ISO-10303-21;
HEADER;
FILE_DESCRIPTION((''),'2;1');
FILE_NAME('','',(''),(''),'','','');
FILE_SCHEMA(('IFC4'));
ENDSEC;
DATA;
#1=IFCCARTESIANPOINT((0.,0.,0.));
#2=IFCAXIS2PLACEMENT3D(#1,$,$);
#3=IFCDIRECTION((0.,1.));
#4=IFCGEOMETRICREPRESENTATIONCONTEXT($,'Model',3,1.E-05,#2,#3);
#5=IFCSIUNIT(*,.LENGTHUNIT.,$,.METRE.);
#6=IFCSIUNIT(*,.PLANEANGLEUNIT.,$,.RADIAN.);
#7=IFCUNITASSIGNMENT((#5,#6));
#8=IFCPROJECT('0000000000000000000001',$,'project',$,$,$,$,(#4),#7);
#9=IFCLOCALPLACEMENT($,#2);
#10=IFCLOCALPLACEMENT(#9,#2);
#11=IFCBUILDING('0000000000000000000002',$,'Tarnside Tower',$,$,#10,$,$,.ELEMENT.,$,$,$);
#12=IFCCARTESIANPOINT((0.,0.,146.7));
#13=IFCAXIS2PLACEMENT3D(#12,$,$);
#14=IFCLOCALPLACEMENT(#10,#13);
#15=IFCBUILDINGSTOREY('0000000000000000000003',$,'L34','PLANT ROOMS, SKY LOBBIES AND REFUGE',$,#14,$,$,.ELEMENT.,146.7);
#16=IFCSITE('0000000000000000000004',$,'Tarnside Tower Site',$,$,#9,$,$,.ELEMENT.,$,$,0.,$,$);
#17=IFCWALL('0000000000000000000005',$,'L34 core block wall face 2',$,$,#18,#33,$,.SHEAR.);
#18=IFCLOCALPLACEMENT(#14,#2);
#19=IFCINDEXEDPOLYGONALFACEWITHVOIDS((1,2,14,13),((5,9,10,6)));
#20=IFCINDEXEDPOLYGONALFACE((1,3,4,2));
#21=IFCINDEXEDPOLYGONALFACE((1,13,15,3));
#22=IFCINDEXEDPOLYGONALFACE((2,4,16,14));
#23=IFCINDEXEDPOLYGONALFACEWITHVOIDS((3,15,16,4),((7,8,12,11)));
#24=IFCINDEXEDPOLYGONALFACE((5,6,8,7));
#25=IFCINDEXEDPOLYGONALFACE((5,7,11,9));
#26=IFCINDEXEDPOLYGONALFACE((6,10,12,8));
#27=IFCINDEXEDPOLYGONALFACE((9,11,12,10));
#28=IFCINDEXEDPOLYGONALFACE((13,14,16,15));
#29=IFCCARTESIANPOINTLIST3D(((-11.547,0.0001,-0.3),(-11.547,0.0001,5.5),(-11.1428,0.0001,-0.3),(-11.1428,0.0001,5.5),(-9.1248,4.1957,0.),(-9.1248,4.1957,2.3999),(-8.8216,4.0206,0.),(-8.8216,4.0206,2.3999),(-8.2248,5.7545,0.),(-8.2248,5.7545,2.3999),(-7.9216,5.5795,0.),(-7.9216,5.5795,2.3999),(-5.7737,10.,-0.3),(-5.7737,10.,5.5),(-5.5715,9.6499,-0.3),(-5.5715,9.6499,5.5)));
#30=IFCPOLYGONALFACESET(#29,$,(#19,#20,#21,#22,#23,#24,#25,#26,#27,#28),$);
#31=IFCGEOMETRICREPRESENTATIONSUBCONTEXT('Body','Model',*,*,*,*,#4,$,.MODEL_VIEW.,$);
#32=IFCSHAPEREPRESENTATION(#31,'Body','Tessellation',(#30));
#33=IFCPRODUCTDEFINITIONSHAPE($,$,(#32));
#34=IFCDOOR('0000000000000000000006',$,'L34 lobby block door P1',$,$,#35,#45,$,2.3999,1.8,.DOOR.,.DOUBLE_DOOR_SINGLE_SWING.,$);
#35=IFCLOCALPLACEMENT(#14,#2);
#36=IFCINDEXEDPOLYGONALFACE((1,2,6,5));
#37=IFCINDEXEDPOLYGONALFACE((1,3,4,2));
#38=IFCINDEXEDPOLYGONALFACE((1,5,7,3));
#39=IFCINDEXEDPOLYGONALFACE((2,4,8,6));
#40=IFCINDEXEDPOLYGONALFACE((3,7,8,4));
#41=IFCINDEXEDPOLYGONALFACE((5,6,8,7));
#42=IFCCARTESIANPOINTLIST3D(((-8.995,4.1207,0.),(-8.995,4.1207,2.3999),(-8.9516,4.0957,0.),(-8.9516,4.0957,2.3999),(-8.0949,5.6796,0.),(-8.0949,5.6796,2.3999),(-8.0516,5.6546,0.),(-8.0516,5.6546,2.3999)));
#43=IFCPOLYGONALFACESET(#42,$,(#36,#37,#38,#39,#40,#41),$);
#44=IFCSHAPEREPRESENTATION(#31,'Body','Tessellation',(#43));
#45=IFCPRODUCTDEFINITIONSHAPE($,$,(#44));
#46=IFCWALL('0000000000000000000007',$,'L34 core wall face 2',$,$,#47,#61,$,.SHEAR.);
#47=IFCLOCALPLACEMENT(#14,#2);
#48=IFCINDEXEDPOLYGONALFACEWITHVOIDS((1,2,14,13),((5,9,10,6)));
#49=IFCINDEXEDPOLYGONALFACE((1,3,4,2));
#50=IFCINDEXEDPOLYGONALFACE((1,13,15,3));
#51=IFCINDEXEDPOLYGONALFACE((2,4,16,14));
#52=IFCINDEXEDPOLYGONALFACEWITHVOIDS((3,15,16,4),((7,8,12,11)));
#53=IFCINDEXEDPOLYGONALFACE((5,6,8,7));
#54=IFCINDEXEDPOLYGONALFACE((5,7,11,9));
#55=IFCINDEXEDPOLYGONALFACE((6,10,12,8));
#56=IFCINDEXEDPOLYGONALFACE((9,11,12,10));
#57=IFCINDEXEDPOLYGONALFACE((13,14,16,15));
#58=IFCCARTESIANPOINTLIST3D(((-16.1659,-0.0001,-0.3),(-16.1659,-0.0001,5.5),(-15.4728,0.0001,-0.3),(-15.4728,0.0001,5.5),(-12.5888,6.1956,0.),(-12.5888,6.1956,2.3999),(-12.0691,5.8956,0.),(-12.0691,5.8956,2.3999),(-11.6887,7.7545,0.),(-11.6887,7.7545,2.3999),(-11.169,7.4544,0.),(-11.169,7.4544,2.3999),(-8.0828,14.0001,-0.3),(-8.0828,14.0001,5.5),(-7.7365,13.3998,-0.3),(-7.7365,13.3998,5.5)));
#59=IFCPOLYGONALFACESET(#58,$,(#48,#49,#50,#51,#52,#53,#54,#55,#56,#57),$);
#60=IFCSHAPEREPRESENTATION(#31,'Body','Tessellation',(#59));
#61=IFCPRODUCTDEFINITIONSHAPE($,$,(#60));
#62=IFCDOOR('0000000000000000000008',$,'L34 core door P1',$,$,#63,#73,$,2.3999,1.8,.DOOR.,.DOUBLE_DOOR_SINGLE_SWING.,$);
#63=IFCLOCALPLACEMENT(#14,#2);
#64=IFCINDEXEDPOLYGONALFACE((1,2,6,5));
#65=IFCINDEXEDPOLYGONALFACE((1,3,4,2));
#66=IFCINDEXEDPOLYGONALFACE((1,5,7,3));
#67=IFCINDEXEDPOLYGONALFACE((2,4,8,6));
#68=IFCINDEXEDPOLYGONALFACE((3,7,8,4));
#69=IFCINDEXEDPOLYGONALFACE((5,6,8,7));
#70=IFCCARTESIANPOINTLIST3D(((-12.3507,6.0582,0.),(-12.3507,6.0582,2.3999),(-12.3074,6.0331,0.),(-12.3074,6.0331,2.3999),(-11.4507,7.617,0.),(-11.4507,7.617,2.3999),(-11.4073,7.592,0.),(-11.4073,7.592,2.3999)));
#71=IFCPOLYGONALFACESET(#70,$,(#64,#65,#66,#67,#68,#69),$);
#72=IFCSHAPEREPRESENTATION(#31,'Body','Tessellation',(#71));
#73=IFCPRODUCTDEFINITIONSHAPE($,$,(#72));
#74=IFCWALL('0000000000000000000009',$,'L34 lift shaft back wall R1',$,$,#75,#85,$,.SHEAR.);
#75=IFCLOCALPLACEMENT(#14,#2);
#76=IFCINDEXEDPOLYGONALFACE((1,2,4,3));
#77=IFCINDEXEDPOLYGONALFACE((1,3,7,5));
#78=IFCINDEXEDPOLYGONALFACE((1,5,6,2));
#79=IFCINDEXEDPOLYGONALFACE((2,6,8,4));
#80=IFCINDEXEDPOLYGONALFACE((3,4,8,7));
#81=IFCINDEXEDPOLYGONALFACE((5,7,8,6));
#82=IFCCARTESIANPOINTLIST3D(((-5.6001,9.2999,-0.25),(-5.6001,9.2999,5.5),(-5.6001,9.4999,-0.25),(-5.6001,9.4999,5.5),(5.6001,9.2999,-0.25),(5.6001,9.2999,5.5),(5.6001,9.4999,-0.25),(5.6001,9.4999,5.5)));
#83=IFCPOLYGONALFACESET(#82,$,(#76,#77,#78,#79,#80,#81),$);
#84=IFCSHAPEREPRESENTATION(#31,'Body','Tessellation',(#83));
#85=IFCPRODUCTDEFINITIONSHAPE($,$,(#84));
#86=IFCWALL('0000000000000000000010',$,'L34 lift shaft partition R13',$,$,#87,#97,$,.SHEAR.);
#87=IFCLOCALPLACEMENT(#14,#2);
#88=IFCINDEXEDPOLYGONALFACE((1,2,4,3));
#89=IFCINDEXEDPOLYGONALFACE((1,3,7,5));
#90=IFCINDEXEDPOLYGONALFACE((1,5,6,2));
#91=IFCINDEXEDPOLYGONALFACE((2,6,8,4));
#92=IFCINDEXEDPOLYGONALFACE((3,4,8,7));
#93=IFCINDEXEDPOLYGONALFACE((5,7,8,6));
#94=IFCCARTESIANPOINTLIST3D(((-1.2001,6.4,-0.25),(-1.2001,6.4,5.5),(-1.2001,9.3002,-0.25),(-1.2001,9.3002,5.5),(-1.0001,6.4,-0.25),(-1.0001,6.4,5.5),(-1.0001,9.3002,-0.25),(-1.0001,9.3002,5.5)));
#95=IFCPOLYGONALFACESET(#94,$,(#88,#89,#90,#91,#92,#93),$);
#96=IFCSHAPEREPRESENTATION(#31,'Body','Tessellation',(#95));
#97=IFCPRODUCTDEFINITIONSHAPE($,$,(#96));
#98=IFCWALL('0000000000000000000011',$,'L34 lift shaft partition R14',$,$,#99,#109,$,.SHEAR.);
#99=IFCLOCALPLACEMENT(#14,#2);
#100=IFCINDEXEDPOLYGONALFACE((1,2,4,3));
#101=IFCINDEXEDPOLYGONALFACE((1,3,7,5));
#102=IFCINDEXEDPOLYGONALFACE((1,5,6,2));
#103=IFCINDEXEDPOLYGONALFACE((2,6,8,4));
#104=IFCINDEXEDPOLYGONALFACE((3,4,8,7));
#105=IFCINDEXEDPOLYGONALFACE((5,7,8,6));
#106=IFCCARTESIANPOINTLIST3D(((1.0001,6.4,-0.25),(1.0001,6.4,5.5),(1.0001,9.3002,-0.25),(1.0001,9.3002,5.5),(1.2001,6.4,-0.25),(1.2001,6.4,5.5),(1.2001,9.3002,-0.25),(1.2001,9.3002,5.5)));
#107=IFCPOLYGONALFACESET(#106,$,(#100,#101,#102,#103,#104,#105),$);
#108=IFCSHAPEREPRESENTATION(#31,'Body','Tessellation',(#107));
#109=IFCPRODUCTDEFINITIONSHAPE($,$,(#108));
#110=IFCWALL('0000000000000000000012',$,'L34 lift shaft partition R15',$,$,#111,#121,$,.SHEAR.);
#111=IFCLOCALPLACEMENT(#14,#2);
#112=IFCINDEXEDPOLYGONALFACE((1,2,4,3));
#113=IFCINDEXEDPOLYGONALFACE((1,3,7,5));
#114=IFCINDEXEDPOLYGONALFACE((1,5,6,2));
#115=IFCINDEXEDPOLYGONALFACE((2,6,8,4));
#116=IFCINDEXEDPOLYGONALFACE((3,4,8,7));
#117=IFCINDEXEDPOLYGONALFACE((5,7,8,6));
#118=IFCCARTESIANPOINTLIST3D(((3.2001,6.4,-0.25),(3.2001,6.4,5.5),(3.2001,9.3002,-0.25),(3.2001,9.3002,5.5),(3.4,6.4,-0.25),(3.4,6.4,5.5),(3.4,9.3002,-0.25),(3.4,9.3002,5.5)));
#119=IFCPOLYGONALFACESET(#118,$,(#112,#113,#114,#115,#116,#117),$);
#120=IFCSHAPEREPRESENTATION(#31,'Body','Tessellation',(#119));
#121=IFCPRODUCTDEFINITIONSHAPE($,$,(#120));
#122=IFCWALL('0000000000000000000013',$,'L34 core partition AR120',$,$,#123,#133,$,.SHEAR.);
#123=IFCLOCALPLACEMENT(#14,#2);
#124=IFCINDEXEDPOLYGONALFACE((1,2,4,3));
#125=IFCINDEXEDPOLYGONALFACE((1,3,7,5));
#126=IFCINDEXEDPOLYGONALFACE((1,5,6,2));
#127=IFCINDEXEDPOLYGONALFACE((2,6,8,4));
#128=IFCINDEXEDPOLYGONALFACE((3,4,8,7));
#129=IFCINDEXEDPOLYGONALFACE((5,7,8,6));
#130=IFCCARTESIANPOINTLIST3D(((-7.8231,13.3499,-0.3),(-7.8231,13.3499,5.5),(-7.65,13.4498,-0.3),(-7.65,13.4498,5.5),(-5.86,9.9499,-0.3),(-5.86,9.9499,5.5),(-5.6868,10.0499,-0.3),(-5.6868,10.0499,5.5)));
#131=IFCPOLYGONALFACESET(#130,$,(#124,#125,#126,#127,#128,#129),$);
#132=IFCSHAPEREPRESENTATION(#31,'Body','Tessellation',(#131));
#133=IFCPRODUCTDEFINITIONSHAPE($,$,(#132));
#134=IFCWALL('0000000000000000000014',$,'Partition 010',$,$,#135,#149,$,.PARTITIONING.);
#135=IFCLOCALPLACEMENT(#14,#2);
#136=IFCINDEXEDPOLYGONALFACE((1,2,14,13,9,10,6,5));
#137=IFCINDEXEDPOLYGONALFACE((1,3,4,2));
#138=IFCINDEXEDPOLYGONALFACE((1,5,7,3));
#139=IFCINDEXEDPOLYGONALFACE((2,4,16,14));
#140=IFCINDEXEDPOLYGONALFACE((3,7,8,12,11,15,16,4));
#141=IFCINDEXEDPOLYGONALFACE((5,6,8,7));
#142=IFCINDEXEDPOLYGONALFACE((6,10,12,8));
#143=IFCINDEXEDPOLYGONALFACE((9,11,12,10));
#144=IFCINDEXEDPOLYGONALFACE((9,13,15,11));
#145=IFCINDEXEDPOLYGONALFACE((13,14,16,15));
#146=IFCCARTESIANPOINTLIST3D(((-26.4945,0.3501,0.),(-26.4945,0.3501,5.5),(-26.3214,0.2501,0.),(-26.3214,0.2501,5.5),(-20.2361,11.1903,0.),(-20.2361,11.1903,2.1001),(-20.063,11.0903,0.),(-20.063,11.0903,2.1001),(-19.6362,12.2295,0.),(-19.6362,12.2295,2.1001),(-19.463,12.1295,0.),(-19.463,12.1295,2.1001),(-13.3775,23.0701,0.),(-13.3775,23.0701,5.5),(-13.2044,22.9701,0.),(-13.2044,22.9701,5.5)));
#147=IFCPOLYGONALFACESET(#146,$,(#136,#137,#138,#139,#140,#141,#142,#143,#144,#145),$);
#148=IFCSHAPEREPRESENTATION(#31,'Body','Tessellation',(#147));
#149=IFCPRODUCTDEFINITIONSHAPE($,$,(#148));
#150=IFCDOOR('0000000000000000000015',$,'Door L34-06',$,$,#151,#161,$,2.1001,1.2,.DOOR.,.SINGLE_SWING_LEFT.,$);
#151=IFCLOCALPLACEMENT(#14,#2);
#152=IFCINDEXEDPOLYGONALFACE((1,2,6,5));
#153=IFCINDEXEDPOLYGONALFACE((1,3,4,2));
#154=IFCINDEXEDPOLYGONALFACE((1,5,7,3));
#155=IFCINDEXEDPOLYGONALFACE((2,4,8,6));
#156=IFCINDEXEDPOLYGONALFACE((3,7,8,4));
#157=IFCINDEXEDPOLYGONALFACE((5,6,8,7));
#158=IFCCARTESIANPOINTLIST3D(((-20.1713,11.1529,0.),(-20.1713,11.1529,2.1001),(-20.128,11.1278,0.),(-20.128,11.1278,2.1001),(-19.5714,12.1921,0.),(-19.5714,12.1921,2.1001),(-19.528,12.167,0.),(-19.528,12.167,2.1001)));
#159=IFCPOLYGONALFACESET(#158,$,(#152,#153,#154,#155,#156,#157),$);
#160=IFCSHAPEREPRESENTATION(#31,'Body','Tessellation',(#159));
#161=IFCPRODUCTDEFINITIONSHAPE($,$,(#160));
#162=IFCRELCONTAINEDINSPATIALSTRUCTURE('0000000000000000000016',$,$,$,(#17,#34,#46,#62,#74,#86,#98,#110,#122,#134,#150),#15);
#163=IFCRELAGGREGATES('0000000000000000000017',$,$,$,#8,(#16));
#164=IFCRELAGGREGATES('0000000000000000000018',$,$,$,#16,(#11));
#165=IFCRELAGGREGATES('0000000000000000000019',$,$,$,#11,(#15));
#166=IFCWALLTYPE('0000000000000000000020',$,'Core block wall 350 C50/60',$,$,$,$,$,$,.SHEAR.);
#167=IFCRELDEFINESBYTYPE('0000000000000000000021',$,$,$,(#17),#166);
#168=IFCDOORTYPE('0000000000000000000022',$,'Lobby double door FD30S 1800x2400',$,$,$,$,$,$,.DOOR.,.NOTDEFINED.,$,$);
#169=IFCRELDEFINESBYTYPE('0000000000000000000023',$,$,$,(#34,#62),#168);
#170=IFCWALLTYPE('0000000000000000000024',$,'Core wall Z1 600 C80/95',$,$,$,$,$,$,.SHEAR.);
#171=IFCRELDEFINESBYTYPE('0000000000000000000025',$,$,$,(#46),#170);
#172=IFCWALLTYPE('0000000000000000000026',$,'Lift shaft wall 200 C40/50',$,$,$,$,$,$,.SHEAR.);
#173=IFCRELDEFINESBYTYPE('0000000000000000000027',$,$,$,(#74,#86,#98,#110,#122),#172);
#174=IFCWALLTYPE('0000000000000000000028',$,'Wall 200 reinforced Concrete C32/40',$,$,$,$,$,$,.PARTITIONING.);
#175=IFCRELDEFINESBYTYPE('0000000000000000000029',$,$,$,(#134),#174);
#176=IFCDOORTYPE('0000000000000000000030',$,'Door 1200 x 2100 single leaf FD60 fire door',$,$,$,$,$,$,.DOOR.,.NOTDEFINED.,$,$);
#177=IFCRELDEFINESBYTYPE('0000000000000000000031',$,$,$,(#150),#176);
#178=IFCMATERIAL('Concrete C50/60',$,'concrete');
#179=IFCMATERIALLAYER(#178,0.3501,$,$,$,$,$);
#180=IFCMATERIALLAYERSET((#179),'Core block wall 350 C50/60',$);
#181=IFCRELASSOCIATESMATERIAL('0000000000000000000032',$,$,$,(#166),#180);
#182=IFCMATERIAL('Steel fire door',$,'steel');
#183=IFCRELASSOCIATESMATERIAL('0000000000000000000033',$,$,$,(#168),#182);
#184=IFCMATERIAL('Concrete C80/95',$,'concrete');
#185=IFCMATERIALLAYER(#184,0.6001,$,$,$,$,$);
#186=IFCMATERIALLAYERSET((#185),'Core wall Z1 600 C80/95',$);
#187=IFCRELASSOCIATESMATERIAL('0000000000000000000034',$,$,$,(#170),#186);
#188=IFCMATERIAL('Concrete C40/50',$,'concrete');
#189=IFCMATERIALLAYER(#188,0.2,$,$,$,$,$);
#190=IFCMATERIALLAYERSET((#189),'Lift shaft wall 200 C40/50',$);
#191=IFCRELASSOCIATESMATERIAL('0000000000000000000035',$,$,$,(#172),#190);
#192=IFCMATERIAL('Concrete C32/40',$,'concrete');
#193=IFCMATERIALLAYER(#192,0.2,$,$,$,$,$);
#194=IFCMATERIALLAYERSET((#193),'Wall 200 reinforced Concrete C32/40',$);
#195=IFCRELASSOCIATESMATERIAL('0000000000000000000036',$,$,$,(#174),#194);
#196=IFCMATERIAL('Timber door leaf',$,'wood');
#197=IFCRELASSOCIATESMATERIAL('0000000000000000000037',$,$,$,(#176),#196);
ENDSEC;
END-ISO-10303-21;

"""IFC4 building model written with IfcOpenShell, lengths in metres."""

from ifc_helpers import new_model, si_unit, direction, frame, frame_2d, origin, place, context, subcontext, project, spatial, polyline, rectangle, outline, extrude, material, layer, layer_set, type_object, element, fill, save


model = new_model("IFC4")

# Units and contexts
model_context = context("Model", 3, precision=1e-05, world=origin(), true_north=direction((0.0, 1.0)))
body_context = subcontext(model_context, "Body", "Model", "MODEL_VIEW")
ifc_project = project(units=[si_unit("LENGTHUNIT", "METRE"), si_unit("PLANEANGLEUNIT", "RADIAN")], contexts=[model_context])

# Site, building, storey
site_placement = place(None, origin())
site = spatial("IfcSite", under=ifc_project, at=site_placement, Name="Tarnside Tower Site", CompositionType="ELEMENT", RefElevation=0.0)
building_placement = place(site_placement, origin())
building = spatial("IfcBuilding", under=site, at=building_placement, Name="Tarnside Tower", CompositionType="ELEMENT")
storey_placement = place(building_placement, frame((0.0, 0.0, 146.7)))
storey = spatial("IfcBuildingStorey", under=building, at=storey_placement, Name="L34", Description="PLANT ROOMS, SKY LOBBIES AND REFUGE", CompositionType="ELEMENT", Elevation=146.7)

# Walls, openings, doors
ifc_material_1 = material(Name="Concrete C50/60", Category="concrete")
ifc_layer_1 = layer(ifc_material_1, 0.3501)
ifc_layer_set_1 = layer_set([ifc_layer_1], Name="Core block wall 350 C50/60")
wall_type_1 = type_object("IfcWallType", Name="Core block wall 350 C50/60", PredefinedType="SHEAR", material=ifc_layer_set_1)
wall_1_placement = place(storey_placement, frame((-5.6726, 9.825, -0.3), z_axis=(0.0, 0.0, 1.0), x_axis=(-0.499995, -0.866028, 0.0)))
wall_1 = element("IfcWall", 1, at=wall_1_placement, inside=storey, type_object=wall_type_1, Name="L34 core block wall face 2", PredefinedType="SHEAR", context=body_context, shape_type="SweptSolid", body=[
    extrude(outline(polyline([(-0.1011, -0.175), (11.4458, -0.175), (11.2437, 0.175), (0.1011, 0.175), (-0.1011, -0.175)])), origin(), (0.0, 0.0, 1.0), 5.8),
])
opening_1_placement = place(wall_1_placement, frame((4.8013, 0.0, 0.3)))
opening_1 = element("IfcOpeningElement", 2, at=opening_1_placement, cuts=wall_1, PredefinedType="OPENING", context=body_context, shape_type="SweptSolid", body=[
    extrude(rectangle(XDim=1.8, YDim=2.3999, at=frame_2d((0.8999, 1.2))), frame((0.0, 0.1851, 0.0), z_axis=(0.0, -1.0, 0.0), x_axis=(1.0, 0.0, 0.0)), (0.0, 0.0, 1.0), 0.3701),
])
ifc_material_2 = material(Name="Steel fire door", Category="steel")
door_type_1 = type_object("IfcDoorType", Name="Lobby double door FD30S 1800x2400", OperationType="NOTDEFINED", PredefinedType="DOOR", material=ifc_material_2)
door_1_placement = place(opening_1_placement, origin())
door_1 = element("IfcDoor", 3, at=door_1_placement, inside=storey, type_object=door_type_1, Name="L34 lobby block door P1", OperationType="DOUBLE_DOOR_SINGLE_SWING", OverallHeight=2.3999, OverallWidth=1.8, PredefinedType="DOOR", context=body_context, shape_type="SweptSolid", body=[
    extrude(rectangle(XDim=1.8, YDim=2.3999, at=frame_2d((0.8999, 1.2))), frame((0.0, 0.0249, 0.0), z_axis=(0.0, -1.0, 0.0), x_axis=(1.0, 0.0, 0.0)), (0.0, 0.0, 1.0), 0.05),
])
fill(opening_1, door_1)
ifc_material_3 = material(Name="Concrete C80/95", Category="concrete")
ifc_layer_2 = layer(ifc_material_3, 0.6001)
ifc_layer_set_2 = layer_set([ifc_layer_2], Name="Core wall Z1 600 C80/95")
wall_type_2 = type_object("IfcWallType", Name="Core wall Z1 600 C80/95", PredefinedType="SHEAR", material=ifc_layer_set_2)
wall_2_placement = place(storey_placement, frame((-7.9097, 13.7, -0.3), z_axis=(0.0, 0.0, 1.0), x_axis=(-0.5, -0.866025, 0.0)))
wall_2 = element("IfcWall", 4, at=wall_2_placement, inside=storey, type_object=wall_type_2, Name="L34 core wall face 2", PredefinedType="SHEAR", context=body_context, shape_type="SweptSolid", body=[
    extrude(outline(polyline([(-0.1733, -0.3), (15.9927, -0.3), (15.646, 0.3), (0.1733, 0.3), (-0.1733, -0.3)])), origin(), (0.0, 0.0, 1.0), 5.8),
])
opening_2_placement = place(wall_2_placement, frame((7.0386, 0.0, 0.3)))
opening_2 = element("IfcOpeningElement", 5, at=opening_2_placement, cuts=wall_2, PredefinedType="OPENING", context=body_context, shape_type="SweptSolid", body=[
    extrude(rectangle(XDim=1.8, YDim=2.3999, at=frame_2d((0.8999, 1.2))), frame((0.0, 0.3101, 0.0), z_axis=(0.0, -1.0, 0.0), x_axis=(1.0, 0.0, 0.0)), (0.0, 0.0, 1.0), 0.6201),
])
door_2_placement = place(opening_2_placement, origin())
door_2 = element("IfcDoor", 6, at=door_2_placement, inside=storey, type_object=door_type_1, Name="L34 core door P1", OperationType="DOUBLE_DOOR_SINGLE_SWING", OverallHeight=2.3999, OverallWidth=1.8, PredefinedType="DOOR", context=body_context, shape_type="SweptSolid", body=[
    extrude(rectangle(XDim=1.8, YDim=2.3999, at=frame_2d((0.8999, 1.2))), frame((0.0, 0.0249, 0.0), z_axis=(0.0, -1.0, 0.0), x_axis=(1.0, 0.0, 0.0)), (0.0, 0.0, 1.0), 0.05),
])
fill(opening_2, door_2)

# Walls
ifc_material_4 = material(Name="Concrete C40/50", Category="concrete")
ifc_layer_3 = layer(ifc_material_4, 0.2)
ifc_layer_set_3 = layer_set([ifc_layer_3], Name="Lift shaft wall 200 C40/50")
wall_type_3 = type_object("IfcWallType", Name="Lift shaft wall 200 C40/50", PredefinedType="SHEAR", material=ifc_layer_set_3)
wall_3_placement = place(storey_placement, frame((-5.6001, 9.3999, -0.25), z_axis=(0.0, 0.0, 1.0), x_axis=(1.0, 0.0, 0.0)))
element("IfcWall", 7, at=wall_3_placement, inside=storey, type_object=wall_type_3, Name="L34 lift shaft back wall R1", PredefinedType="SHEAR", context=body_context, shape_type="SweptSolid", body=[
    extrude(rectangle(XDim=11.2002, YDim=0.2, at=frame_2d((5.6001, 0.0))), origin(), (0.0, 0.0, 1.0), 5.75),
])
for number, where, z_axis, x_axis, name in (
    (8, (-1.1001, 6.3999, -0.25), (0.0, 0.0, 1.0), (0.0, 1.0, 0.0), "L34 lift shaft partition R13"),
    (9, (1.1001, 6.3999, -0.25), (0.0, 0.0, 1.0), (0.0, 1.0, 0.0), "L34 lift shaft partition R14"),
    (10, (3.3, 6.3999, -0.25), (0.0, 0.0, 1.0), (0.0, 1.0, 0.0), "L34 lift shaft partition R15"),
):
    element("IfcWall", number, at=place(storey_placement, frame(where, z_axis=z_axis, x_axis=x_axis)), inside=storey, type_object=wall_type_3, Name=name, PredefinedType="SHEAR", context=body_context, shape_type="SweptSolid", body=[
        extrude(rectangle(XDim=2.9001, YDim=0.2, at=frame_2d((1.4502, 0.0))), origin(), (0.0, 0.0, 1.0), 5.75),
    ])
wall_4_placement = place(storey_placement, frame((-5.7734, 10.0, -0.3), z_axis=(0.0, 0.0, 1.0), x_axis=(-0.500038, 0.866003, 0.0)))
element("IfcWall", 11, at=wall_4_placement, inside=storey, type_object=wall_type_3, Name="L34 core partition AR120", PredefinedType="SHEAR", context=body_context, shape_type="SweptSolid", body=[
    extrude(rectangle(XDim=3.926, YDim=0.2, at=frame_2d((1.9629, 0.0))), origin(), (0.0, 0.0, 1.0), 5.8),
])

# Wall, opening, door
ifc_material_5 = material(Name="Concrete C32/40", Category="concrete")
ifc_layer_4 = layer(ifc_material_5, 0.2)
ifc_layer_set_4 = layer_set([ifc_layer_4], Name="Wall 200 reinforced Concrete C32/40")
wall_type_4 = type_object("IfcWallType", Name="Wall 200 reinforced Concrete C32/40", PredefinedType="PARTITIONING", material=ifc_layer_set_4)
wall_5_placement = place(storey_placement, frame((-13.291, 23.02, 0.0), z_axis=(0.0, 0.0, 1.0), x_axis=(-0.499987, -0.866033, 0.0)))
wall_5 = element("IfcWall", 12, at=wall_5_placement, inside=storey, type_object=wall_type_4, Name="Partition 010", PredefinedType="PARTITIONING", context=body_context, shape_type="SweptSolid", body=[
    extrude(rectangle(XDim=26.2346, YDim=0.2, at=frame_2d((13.1172, 0.0))), origin(), (0.0, 0.0, 1.0), 5.5),
])
opening_3_placement = place(wall_5_placement, frame((12.5173, 0.0, 0.0)))
opening_3 = element("IfcOpeningElement", 13, at=opening_3_placement, cuts=wall_5, PredefinedType="OPENING", context=body_context, shape_type="SweptSolid", body=[
    extrude(rectangle(XDim=1.2, YDim=2.1001, at=frame_2d((0.6001, 1.05))), frame((0.0, 0.1099, 0.0), z_axis=(0.0, -1.0, 0.0), x_axis=(1.0, 0.0, 0.0)), (0.0, 0.0, 1.0), 0.22),
])
ifc_material_6 = material(Name="Timber door leaf", Category="wood")
door_type_2 = type_object("IfcDoorType", Name="Door 1200 x 2100 single leaf FD60 fire door", OperationType="NOTDEFINED", PredefinedType="DOOR", material=ifc_material_6)
door_3_placement = place(opening_3_placement, origin())
door_3 = element("IfcDoor", 14, at=door_3_placement, inside=storey, type_object=door_type_2, Name="Door L34-06", OperationType="SINGLE_SWING_LEFT", OverallHeight=2.1001, OverallWidth=1.2, PredefinedType="DOOR", context=body_context, shape_type="SweptSolid", body=[
    extrude(rectangle(XDim=1.2, YDim=2.1001, at=frame_2d((0.6001, 1.05))), frame((0.0, 0.0249, 0.0), z_axis=(0.0, -1.0, 0.0), x_axis=(1.0, 0.0, 0.0)), (0.0, 0.0, 1.0), 0.05),
])
fill(opening_3, door_3)

save(model, "model.ifc")
